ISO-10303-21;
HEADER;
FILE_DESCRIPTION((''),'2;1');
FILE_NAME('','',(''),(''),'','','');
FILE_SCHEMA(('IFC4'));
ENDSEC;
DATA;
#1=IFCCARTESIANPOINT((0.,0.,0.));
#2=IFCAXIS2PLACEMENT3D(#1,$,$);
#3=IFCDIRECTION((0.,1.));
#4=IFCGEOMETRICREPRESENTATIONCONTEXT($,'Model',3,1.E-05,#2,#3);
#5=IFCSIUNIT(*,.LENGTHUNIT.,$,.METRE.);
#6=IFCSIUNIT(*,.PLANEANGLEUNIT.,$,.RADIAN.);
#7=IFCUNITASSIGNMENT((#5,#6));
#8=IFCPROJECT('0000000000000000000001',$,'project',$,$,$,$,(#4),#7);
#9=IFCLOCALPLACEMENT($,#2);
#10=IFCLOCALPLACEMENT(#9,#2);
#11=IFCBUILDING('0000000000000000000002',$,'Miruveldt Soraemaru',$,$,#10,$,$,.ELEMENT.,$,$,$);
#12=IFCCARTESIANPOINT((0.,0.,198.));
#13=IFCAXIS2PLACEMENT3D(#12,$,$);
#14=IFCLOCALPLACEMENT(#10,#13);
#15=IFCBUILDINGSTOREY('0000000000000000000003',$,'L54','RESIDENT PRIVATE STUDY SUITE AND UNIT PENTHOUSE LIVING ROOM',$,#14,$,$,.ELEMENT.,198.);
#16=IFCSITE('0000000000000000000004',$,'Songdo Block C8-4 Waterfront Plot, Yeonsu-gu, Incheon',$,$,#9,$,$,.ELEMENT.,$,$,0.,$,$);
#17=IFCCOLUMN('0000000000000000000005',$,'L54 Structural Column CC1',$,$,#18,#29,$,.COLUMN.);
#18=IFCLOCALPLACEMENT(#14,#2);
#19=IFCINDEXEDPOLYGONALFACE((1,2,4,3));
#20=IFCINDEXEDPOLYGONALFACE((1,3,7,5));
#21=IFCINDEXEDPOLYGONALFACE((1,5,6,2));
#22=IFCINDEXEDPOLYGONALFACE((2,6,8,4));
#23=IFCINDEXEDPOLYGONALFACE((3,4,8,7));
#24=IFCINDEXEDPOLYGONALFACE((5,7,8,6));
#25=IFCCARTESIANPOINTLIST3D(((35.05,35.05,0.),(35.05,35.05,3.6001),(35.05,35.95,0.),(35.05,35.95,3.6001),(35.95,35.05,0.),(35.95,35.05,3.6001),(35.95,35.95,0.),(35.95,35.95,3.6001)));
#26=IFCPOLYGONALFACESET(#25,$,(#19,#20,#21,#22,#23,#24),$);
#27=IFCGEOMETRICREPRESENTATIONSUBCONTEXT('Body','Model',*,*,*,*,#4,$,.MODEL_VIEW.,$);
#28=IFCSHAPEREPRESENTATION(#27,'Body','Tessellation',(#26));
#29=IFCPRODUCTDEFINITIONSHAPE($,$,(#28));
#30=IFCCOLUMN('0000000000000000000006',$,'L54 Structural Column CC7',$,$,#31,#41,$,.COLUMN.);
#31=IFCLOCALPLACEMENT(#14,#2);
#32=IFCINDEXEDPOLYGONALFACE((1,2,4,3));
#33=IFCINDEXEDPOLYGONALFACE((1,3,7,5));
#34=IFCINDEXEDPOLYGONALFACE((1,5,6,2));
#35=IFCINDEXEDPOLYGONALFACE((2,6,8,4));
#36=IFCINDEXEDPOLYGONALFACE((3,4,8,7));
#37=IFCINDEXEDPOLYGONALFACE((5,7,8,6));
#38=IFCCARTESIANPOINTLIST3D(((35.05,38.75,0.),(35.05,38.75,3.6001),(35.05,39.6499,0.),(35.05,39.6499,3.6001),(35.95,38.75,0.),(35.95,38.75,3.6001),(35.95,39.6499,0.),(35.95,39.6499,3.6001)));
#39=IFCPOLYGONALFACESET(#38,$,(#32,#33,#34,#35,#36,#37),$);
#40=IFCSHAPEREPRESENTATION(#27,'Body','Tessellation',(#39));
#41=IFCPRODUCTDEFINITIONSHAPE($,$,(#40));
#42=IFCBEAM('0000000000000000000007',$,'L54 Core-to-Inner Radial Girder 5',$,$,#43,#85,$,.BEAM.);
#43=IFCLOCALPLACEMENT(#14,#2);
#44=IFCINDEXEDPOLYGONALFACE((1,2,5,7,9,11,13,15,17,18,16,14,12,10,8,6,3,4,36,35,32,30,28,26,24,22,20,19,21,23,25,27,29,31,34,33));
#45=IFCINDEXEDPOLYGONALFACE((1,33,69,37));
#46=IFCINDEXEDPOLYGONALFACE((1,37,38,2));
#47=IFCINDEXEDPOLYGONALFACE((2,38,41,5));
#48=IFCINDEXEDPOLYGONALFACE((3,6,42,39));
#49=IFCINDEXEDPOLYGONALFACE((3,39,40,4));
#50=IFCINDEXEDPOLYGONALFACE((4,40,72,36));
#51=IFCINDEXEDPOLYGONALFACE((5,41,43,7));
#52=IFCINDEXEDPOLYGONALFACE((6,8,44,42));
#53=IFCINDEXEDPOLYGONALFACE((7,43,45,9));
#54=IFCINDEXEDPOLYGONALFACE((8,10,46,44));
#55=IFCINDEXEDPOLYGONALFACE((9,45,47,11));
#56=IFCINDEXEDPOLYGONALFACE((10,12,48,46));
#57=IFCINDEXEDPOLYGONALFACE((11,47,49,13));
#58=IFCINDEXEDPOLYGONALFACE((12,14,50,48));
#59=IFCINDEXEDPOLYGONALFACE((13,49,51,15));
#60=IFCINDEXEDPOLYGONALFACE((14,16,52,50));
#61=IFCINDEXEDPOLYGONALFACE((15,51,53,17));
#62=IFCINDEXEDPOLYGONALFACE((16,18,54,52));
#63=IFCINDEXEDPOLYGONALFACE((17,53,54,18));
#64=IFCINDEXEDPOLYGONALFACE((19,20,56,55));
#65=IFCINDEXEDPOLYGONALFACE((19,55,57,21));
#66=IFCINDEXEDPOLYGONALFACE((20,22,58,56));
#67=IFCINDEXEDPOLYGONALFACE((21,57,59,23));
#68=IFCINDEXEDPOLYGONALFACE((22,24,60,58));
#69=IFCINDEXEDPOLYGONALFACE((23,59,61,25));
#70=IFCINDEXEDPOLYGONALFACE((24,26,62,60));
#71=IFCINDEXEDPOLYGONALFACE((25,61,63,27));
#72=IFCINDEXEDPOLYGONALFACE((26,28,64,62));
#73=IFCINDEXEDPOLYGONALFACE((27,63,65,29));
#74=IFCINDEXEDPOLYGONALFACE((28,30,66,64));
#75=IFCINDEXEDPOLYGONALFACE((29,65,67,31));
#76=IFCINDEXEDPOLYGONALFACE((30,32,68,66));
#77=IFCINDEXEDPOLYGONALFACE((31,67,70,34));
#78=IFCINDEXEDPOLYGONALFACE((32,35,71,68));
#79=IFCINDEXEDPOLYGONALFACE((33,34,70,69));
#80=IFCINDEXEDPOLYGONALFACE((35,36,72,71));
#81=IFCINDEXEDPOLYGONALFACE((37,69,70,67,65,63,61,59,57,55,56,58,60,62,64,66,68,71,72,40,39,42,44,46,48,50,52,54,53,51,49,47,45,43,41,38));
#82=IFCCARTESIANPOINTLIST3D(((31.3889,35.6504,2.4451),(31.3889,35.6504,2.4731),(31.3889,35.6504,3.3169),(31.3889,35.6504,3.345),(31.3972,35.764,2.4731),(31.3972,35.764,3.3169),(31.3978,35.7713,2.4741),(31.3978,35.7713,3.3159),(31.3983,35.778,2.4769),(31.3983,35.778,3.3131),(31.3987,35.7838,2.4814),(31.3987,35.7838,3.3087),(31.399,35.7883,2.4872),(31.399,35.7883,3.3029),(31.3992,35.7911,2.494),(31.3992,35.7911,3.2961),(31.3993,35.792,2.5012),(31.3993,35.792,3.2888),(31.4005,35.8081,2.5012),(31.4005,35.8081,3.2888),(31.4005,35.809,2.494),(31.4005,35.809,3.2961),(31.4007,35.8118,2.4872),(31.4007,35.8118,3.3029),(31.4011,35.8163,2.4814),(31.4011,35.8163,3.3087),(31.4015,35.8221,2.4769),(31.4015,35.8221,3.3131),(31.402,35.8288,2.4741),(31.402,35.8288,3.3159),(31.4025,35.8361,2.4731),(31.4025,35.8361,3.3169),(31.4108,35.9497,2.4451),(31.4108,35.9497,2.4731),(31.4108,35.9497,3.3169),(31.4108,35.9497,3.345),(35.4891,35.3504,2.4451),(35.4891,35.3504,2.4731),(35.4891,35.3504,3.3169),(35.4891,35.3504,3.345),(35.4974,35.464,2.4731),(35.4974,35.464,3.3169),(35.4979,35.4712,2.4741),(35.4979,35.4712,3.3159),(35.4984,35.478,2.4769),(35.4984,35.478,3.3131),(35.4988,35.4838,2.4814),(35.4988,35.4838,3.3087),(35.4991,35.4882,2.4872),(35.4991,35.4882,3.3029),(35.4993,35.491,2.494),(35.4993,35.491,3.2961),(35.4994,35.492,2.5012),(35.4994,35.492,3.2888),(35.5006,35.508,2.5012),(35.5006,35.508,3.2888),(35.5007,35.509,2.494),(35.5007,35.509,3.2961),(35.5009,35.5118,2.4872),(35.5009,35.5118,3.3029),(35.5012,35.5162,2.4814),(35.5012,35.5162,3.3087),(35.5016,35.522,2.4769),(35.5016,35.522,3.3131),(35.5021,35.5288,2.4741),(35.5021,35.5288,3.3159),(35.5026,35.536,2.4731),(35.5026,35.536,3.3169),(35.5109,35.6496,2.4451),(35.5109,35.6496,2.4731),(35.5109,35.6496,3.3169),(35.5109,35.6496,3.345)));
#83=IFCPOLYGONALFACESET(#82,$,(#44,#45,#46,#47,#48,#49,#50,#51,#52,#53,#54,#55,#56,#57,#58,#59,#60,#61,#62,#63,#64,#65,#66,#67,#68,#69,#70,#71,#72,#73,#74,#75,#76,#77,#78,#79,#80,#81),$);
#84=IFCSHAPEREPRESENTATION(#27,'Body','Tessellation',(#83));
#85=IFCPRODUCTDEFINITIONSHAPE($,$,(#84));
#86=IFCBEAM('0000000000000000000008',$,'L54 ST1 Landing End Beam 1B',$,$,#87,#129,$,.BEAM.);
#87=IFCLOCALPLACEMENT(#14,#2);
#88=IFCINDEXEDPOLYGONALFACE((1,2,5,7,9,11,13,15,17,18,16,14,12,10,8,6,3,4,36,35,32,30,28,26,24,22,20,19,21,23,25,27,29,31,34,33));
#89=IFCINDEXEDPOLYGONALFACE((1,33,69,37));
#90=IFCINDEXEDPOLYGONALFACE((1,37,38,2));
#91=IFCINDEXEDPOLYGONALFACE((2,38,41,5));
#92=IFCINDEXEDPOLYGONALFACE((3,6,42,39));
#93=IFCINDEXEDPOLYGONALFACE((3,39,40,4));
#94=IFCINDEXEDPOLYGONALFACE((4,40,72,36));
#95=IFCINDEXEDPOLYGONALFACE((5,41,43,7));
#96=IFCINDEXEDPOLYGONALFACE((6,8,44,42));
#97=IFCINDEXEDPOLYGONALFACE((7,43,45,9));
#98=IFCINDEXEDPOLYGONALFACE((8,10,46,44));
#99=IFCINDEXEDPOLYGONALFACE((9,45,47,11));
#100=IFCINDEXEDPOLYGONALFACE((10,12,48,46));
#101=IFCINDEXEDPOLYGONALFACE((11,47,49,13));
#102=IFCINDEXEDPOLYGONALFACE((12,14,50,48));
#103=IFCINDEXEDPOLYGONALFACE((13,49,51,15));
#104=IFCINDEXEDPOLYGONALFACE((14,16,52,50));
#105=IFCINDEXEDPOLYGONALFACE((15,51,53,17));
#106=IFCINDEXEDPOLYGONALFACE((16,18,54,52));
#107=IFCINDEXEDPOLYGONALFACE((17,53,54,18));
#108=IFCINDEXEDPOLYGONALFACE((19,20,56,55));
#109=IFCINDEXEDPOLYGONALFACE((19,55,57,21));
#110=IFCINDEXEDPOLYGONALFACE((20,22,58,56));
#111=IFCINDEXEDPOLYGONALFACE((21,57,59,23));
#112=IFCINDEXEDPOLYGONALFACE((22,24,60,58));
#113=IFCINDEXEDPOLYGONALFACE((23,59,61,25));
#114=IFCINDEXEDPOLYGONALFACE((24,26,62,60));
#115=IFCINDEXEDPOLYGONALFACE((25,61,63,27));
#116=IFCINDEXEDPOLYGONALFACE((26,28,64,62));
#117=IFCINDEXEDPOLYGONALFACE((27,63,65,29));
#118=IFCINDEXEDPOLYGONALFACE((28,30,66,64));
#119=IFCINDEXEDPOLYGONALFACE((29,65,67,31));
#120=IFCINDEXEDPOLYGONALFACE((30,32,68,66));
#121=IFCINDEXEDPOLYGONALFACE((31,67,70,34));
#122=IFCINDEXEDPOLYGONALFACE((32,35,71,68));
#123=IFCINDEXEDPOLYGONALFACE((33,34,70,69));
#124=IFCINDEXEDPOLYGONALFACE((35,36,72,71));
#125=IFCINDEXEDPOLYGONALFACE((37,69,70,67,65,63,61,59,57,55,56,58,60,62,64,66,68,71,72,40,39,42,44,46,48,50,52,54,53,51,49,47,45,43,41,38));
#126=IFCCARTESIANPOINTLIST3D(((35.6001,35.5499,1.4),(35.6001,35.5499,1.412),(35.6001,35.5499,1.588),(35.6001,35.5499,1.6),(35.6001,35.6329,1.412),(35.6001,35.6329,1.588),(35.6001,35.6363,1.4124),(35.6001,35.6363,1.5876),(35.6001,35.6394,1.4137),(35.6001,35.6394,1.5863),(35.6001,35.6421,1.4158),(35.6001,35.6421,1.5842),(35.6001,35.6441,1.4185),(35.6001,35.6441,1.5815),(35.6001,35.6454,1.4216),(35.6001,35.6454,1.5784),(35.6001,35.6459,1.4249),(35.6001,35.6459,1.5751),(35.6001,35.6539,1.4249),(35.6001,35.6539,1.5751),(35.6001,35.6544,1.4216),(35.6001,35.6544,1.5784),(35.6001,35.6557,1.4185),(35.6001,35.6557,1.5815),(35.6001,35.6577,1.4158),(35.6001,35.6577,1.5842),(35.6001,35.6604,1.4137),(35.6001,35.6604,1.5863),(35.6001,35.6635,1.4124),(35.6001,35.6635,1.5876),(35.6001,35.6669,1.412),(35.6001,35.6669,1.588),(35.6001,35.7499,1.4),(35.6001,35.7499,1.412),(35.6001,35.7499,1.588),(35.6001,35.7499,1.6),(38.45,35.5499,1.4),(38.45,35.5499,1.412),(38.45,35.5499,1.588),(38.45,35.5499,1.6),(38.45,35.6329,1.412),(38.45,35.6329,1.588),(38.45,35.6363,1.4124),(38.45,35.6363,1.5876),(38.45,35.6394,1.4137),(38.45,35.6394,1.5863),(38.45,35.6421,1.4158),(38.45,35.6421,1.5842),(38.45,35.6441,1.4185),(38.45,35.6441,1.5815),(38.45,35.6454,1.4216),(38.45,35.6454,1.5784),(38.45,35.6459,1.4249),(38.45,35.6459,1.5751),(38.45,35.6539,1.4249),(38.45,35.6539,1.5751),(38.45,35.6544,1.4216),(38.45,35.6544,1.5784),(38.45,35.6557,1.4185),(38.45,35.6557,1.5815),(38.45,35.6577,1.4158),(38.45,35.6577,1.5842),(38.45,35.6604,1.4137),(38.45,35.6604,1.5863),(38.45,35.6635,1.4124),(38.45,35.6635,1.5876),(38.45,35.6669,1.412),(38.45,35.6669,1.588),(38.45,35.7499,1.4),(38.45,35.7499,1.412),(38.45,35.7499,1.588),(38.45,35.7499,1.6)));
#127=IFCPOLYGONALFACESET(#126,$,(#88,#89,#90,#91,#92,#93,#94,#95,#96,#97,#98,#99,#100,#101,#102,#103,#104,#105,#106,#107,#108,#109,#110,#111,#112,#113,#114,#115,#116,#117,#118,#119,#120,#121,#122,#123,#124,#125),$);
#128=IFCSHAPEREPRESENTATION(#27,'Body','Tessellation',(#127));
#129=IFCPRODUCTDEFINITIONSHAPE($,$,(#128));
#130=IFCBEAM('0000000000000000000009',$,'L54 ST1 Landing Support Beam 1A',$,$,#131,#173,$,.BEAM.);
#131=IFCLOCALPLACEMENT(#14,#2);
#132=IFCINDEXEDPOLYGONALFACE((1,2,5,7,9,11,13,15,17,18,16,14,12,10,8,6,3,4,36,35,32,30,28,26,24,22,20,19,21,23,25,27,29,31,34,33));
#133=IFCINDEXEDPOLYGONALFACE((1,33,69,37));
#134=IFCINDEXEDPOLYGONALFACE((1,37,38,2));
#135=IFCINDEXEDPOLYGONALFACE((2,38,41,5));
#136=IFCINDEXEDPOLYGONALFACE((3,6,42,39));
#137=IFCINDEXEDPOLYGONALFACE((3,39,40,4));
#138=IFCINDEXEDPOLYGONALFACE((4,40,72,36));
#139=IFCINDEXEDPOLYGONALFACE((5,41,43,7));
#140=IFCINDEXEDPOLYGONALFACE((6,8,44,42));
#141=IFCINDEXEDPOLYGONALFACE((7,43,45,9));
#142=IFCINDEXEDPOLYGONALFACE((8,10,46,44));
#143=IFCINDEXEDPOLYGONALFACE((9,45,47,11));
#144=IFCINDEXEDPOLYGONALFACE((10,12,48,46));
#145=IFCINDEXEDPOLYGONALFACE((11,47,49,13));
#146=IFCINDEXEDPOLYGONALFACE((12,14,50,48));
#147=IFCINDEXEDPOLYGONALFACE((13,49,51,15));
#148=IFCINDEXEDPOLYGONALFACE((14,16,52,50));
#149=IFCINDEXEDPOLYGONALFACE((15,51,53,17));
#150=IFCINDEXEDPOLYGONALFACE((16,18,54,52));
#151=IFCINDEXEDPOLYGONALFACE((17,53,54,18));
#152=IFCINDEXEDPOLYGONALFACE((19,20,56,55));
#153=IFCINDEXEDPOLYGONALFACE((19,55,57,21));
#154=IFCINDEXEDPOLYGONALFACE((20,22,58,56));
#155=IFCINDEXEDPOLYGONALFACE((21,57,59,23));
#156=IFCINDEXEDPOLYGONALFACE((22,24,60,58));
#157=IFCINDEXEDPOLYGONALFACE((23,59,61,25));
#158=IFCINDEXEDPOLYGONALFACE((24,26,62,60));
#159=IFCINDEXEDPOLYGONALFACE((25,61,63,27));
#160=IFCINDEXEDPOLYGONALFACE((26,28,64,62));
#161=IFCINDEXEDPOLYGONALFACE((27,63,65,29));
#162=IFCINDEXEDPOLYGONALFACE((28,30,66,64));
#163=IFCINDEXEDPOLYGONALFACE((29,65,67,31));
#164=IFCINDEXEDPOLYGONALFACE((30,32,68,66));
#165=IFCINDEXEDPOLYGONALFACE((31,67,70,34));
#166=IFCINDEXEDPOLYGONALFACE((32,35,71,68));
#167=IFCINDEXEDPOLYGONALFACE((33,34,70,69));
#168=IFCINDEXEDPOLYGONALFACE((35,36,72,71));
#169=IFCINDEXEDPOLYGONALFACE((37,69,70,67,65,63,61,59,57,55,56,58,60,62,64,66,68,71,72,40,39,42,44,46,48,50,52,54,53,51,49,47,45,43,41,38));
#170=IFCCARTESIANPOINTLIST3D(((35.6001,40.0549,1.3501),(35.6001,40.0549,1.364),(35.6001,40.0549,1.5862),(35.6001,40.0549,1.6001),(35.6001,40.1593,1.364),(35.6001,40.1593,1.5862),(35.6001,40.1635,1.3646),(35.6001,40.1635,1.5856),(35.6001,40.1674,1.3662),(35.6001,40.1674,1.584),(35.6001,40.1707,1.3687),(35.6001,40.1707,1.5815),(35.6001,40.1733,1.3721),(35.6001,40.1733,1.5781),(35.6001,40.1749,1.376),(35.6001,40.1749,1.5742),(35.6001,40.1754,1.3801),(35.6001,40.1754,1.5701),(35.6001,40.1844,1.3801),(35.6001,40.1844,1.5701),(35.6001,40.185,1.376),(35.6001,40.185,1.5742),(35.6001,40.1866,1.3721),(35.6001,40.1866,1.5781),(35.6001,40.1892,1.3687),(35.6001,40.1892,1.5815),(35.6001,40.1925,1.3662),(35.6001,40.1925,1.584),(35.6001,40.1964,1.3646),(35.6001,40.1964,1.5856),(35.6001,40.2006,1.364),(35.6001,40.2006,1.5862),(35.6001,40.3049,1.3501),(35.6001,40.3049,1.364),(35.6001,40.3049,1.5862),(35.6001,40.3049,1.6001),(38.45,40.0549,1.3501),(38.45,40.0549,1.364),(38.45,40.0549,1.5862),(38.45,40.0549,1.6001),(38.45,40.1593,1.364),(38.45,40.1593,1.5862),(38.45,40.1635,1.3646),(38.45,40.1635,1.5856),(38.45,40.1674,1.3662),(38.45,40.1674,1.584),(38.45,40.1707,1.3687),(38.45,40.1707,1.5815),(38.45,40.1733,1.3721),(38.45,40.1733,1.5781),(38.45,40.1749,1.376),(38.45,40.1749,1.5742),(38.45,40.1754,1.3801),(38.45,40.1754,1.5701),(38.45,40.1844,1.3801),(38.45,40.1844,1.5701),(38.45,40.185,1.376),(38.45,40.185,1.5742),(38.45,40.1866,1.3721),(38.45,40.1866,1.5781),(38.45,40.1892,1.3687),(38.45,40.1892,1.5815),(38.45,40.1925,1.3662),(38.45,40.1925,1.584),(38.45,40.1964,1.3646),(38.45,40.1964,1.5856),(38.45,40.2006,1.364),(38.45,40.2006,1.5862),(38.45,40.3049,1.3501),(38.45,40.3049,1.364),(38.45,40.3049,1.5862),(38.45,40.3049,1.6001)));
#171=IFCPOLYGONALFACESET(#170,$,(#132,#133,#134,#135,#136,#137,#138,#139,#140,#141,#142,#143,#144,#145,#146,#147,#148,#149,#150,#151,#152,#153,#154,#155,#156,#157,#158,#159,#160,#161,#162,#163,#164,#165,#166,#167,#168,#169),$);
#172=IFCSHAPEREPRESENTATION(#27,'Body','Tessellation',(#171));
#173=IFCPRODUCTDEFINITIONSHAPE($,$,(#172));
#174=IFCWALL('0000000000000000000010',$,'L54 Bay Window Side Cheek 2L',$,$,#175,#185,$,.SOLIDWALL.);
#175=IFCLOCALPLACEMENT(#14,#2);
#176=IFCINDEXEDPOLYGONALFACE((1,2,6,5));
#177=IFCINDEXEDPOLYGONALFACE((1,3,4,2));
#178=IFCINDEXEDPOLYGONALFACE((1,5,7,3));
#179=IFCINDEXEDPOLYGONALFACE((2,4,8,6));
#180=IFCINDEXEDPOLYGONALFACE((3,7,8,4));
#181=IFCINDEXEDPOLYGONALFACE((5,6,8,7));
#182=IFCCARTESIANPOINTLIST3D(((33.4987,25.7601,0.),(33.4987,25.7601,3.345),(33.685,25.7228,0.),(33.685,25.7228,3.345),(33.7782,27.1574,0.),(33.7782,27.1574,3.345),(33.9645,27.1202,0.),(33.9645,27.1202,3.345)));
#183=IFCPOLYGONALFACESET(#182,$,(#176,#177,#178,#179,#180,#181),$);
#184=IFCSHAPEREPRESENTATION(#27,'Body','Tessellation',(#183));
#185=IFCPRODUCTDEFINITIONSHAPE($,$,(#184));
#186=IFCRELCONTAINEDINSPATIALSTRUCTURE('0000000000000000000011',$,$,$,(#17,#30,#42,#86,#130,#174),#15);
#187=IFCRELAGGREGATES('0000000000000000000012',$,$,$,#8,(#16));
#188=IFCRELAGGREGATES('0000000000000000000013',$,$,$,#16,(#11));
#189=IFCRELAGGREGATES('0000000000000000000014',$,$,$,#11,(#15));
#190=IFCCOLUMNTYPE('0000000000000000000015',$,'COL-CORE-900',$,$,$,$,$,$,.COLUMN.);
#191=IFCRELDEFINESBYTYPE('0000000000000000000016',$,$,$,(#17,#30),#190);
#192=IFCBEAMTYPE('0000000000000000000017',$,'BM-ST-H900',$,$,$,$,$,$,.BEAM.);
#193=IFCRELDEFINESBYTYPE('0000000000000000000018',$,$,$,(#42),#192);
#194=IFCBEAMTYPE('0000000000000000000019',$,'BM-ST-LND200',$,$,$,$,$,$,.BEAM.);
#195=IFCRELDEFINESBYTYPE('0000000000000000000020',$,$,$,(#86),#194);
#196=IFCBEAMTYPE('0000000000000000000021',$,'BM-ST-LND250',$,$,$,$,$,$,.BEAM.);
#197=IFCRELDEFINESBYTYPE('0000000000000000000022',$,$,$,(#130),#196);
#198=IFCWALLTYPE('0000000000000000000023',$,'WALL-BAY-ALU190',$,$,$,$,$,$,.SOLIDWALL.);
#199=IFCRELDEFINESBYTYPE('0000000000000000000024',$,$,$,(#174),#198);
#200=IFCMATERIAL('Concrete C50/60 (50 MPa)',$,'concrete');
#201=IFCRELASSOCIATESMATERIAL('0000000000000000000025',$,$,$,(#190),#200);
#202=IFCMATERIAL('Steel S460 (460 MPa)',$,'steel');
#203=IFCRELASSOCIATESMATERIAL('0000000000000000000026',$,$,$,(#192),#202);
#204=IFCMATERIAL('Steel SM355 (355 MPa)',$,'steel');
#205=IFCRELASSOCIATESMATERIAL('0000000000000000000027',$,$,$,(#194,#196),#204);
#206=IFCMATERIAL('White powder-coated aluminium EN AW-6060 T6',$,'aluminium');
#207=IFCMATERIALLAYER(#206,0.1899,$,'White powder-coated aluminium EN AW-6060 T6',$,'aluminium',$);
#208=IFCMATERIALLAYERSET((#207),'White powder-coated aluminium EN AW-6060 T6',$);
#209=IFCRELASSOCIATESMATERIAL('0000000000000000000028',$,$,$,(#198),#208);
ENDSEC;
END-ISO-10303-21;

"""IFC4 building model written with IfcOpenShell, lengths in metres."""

from ifc_helpers import new_model, si_unit, direction, frame, frame_2d, origin, origin_2d, place, context, subcontext, project, spatial, rectangle, i_section, extrude, material, layer, layer_set, material_profile, profile_set, type_object, element, save


model = new_model("IFC4")

# Units and contexts
model_context = context("Model", 3, precision=1e-05, world=origin(), true_north=direction((0.0, 1.0)))
body_context = subcontext(model_context, "Body", "Model", "MODEL_VIEW")
ifc_project = project(units=[si_unit("LENGTHUNIT", "METRE"), si_unit("PLANEANGLEUNIT", "RADIAN")], contexts=[model_context])

# Site, building, storey
site_placement = place(None, origin())
site = spatial("IfcSite", under=ifc_project, at=site_placement, Name="Songdo Block C8-4 Waterfront Plot, Yeonsu-gu, Incheon", CompositionType="ELEMENT", RefElevation=0.0)
building_placement = place(site_placement, origin())
building = spatial("IfcBuilding", under=site, at=building_placement, Name="Miruveldt Soraemaru", CompositionType="ELEMENT")
storey_placement = place(building_placement, frame((0.0, 0.0, 198.0)))
storey = spatial("IfcBuildingStorey", under=building, at=storey_placement, Name="L54", Description="RESIDENT PRIVATE STUDY SUITE AND UNIT PENTHOUSE LIVING ROOM", CompositionType="ELEMENT", Elevation=198.0)

# Columns
ifc_material_1 = material(Name="Concrete C50/60 (50 MPa)", Category="concrete")
ifc_material_profile_1 = material_profile(ifc_material_1, rectangle(XDim=0.8999, YDim=0.8999, at=origin_2d()), Name="Concrete C50/60 (50 MPa)", Category="concrete")
ifc_profile_set_1 = profile_set([ifc_material_profile_1], Name="Concrete C50/60 (50 MPa)")
column_type = type_object("IfcColumnType", Name="COL-CORE-900", PredefinedType="COLUMN", material=ifc_profile_set_1)
for number, where, z_axis, x_axis, name in (
    (1, (35.5, 35.5, 0.0), (0.0, 0.0, 1.0), (1.0, 0.0, 0.0), "L54 Structural Column CC1"),
    (2, (35.5, 39.2, 0.0), (0.0, 0.0, 1.0), (1.0, 0.0, 0.0), "L54 Structural Column CC7"),
):
    element("IfcColumn", number, at=place(storey_placement, frame(where, z_axis=z_axis, x_axis=x_axis)), inside=storey, type_object=column_type, Name=name, PredefinedType="COLUMN", context=body_context, shape_type="SweptSolid", body=[
        extrude(rectangle(XDim=0.8999, YDim=0.8999, at=origin_2d()), origin(), (0.0, 0.0, 1.0), 3.6001),
    ])

# Beams
ifc_material_2 = material(Name="Steel S460 (460 MPa)", Category="steel")
ifc_material_profile_2 = material_profile(ifc_material_2, i_section(OverallWidth=0.3, OverallDepth=0.8999, WebThickness=0.0161, FlangeThickness=0.0281, FilletRadius=0.0281, at=origin_2d()), Name="Steel S460 (460 MPa)", Category="steel")
ifc_profile_set_2 = profile_set([ifc_material_profile_2], Name="Steel S460 (460 MPa)")
beam_type_1 = type_object("IfcBeamType", Name="BM-ST-H900", PredefinedType="BEAM", material=ifc_profile_set_2)
beam_1_placement = place(storey_placement, frame((35.5, 35.5, 2.895), z_axis=(-0.997333, 0.072986, 0.0), x_axis=(-0.072986, -0.997333, 0.0)))
element("IfcBeam", 3, at=beam_1_placement, inside=storey, type_object=beam_type_1, Name="L54 Core-to-Inner Radial Girder 5", PredefinedType="BEAM", context=body_context, shape_type="SweptSolid", body=[
    extrude(i_section(OverallWidth=0.3, OverallDepth=0.8999, WebThickness=0.0161, FlangeThickness=0.0281, FilletRadius=0.0281, at=origin_2d()), origin(), (0.0, 0.0, 1.0), 4.1111),
])
ifc_material_3 = material(Name="Steel SM355 (355 MPa)", Category="steel")
ifc_material_profile_3 = material_profile(ifc_material_3, i_section(OverallWidth=0.2, OverallDepth=0.2, WebThickness=0.0081, FlangeThickness=0.012, FilletRadius=0.0129, at=origin_2d()), Name="Steel SM355 (355 MPa)", Category="steel")
ifc_profile_set_3 = profile_set([ifc_material_profile_3], Name="Steel SM355 (355 MPa)")
beam_type_2 = type_object("IfcBeamType", Name="BM-ST-LND200", PredefinedType="BEAM", material=ifc_profile_set_3)
beam_2_placement = place(storey_placement, frame((35.6001, 35.6499, 1.5), z_axis=(1.0, 0.0, 0.0), x_axis=(0.0, 1.0, 0.0)))
element("IfcBeam", 4, at=beam_2_placement, inside=storey, type_object=beam_type_2, Name="L54 ST1 Landing End Beam 1B", PredefinedType="BEAM", context=body_context, shape_type="SweptSolid", body=[
    extrude(i_section(OverallWidth=0.2, OverallDepth=0.2, WebThickness=0.0081, FlangeThickness=0.012, FilletRadius=0.0129, at=origin_2d()), origin(), (0.0, 0.0, 1.0), 2.8499),
])
ifc_material_profile_4 = material_profile(ifc_material_3, i_section(OverallWidth=0.25, OverallDepth=0.25, WebThickness=0.009, FlangeThickness=0.0139, FilletRadius=0.0161, at=origin_2d()), Name="Steel SM355 (355 MPa)", Category="steel")
ifc_profile_set_4 = profile_set([ifc_material_profile_4], Name="Steel SM355 (355 MPa)")
beam_type_3 = type_object("IfcBeamType", Name="BM-ST-LND250", PredefinedType="BEAM", material=ifc_profile_set_4)
beam_3_placement = place(storey_placement, frame((35.6001, 40.1799, 1.4751), z_axis=(1.0, 0.0, 0.0), x_axis=(0.0, 1.0, 0.0)))
element("IfcBeam", 5, at=beam_3_placement, inside=storey, type_object=beam_type_3, Name="L54 ST1 Landing Support Beam 1A", PredefinedType="BEAM", context=body_context, shape_type="SweptSolid", body=[
    extrude(i_section(OverallWidth=0.25, OverallDepth=0.25, WebThickness=0.009, FlangeThickness=0.0139, FilletRadius=0.0161, at=origin_2d()), origin(), (0.0, 0.0, 1.0), 2.8499),
])

# Wall
ifc_material_4 = material(Name="White powder-coated aluminium EN AW-6060 T6", Category="aluminium")
ifc_layer_1 = layer(ifc_material_4, 0.1899, Name="White powder-coated aluminium EN AW-6060 T6", Category="aluminium")
ifc_layer_set_1 = layer_set([ifc_layer_1], Name="White powder-coated aluminium EN AW-6060 T6")
wall_type_1 = type_object("IfcWallType", Name="WALL-BAY-ALU190", PredefinedType="SOLIDWALL", material=ifc_layer_set_1)
for number, where, z_axis, x_axis, name in (
    (6, (33.8713, 27.1387, 0.0), (0.0, 0.0, 1.0), (-0.196149, -0.980574, 0.0), "L54 Bay Window Side Cheek 2L"),
):
    element("IfcWall", number, at=place(storey_placement, frame(where, z_axis=z_axis, x_axis=x_axis)), inside=storey, type_object=wall_type_1, Name=name, PredefinedType="SOLIDWALL", context=body_context, shape_type="SweptSolid", body=[
        extrude(rectangle(XDim=1.425, YDim=0.1899, at=frame_2d((0.7124, 0.0))), origin(), (0.0, 0.0, 1.0), 3.345),
    ])

save(model, "model.ifc")
